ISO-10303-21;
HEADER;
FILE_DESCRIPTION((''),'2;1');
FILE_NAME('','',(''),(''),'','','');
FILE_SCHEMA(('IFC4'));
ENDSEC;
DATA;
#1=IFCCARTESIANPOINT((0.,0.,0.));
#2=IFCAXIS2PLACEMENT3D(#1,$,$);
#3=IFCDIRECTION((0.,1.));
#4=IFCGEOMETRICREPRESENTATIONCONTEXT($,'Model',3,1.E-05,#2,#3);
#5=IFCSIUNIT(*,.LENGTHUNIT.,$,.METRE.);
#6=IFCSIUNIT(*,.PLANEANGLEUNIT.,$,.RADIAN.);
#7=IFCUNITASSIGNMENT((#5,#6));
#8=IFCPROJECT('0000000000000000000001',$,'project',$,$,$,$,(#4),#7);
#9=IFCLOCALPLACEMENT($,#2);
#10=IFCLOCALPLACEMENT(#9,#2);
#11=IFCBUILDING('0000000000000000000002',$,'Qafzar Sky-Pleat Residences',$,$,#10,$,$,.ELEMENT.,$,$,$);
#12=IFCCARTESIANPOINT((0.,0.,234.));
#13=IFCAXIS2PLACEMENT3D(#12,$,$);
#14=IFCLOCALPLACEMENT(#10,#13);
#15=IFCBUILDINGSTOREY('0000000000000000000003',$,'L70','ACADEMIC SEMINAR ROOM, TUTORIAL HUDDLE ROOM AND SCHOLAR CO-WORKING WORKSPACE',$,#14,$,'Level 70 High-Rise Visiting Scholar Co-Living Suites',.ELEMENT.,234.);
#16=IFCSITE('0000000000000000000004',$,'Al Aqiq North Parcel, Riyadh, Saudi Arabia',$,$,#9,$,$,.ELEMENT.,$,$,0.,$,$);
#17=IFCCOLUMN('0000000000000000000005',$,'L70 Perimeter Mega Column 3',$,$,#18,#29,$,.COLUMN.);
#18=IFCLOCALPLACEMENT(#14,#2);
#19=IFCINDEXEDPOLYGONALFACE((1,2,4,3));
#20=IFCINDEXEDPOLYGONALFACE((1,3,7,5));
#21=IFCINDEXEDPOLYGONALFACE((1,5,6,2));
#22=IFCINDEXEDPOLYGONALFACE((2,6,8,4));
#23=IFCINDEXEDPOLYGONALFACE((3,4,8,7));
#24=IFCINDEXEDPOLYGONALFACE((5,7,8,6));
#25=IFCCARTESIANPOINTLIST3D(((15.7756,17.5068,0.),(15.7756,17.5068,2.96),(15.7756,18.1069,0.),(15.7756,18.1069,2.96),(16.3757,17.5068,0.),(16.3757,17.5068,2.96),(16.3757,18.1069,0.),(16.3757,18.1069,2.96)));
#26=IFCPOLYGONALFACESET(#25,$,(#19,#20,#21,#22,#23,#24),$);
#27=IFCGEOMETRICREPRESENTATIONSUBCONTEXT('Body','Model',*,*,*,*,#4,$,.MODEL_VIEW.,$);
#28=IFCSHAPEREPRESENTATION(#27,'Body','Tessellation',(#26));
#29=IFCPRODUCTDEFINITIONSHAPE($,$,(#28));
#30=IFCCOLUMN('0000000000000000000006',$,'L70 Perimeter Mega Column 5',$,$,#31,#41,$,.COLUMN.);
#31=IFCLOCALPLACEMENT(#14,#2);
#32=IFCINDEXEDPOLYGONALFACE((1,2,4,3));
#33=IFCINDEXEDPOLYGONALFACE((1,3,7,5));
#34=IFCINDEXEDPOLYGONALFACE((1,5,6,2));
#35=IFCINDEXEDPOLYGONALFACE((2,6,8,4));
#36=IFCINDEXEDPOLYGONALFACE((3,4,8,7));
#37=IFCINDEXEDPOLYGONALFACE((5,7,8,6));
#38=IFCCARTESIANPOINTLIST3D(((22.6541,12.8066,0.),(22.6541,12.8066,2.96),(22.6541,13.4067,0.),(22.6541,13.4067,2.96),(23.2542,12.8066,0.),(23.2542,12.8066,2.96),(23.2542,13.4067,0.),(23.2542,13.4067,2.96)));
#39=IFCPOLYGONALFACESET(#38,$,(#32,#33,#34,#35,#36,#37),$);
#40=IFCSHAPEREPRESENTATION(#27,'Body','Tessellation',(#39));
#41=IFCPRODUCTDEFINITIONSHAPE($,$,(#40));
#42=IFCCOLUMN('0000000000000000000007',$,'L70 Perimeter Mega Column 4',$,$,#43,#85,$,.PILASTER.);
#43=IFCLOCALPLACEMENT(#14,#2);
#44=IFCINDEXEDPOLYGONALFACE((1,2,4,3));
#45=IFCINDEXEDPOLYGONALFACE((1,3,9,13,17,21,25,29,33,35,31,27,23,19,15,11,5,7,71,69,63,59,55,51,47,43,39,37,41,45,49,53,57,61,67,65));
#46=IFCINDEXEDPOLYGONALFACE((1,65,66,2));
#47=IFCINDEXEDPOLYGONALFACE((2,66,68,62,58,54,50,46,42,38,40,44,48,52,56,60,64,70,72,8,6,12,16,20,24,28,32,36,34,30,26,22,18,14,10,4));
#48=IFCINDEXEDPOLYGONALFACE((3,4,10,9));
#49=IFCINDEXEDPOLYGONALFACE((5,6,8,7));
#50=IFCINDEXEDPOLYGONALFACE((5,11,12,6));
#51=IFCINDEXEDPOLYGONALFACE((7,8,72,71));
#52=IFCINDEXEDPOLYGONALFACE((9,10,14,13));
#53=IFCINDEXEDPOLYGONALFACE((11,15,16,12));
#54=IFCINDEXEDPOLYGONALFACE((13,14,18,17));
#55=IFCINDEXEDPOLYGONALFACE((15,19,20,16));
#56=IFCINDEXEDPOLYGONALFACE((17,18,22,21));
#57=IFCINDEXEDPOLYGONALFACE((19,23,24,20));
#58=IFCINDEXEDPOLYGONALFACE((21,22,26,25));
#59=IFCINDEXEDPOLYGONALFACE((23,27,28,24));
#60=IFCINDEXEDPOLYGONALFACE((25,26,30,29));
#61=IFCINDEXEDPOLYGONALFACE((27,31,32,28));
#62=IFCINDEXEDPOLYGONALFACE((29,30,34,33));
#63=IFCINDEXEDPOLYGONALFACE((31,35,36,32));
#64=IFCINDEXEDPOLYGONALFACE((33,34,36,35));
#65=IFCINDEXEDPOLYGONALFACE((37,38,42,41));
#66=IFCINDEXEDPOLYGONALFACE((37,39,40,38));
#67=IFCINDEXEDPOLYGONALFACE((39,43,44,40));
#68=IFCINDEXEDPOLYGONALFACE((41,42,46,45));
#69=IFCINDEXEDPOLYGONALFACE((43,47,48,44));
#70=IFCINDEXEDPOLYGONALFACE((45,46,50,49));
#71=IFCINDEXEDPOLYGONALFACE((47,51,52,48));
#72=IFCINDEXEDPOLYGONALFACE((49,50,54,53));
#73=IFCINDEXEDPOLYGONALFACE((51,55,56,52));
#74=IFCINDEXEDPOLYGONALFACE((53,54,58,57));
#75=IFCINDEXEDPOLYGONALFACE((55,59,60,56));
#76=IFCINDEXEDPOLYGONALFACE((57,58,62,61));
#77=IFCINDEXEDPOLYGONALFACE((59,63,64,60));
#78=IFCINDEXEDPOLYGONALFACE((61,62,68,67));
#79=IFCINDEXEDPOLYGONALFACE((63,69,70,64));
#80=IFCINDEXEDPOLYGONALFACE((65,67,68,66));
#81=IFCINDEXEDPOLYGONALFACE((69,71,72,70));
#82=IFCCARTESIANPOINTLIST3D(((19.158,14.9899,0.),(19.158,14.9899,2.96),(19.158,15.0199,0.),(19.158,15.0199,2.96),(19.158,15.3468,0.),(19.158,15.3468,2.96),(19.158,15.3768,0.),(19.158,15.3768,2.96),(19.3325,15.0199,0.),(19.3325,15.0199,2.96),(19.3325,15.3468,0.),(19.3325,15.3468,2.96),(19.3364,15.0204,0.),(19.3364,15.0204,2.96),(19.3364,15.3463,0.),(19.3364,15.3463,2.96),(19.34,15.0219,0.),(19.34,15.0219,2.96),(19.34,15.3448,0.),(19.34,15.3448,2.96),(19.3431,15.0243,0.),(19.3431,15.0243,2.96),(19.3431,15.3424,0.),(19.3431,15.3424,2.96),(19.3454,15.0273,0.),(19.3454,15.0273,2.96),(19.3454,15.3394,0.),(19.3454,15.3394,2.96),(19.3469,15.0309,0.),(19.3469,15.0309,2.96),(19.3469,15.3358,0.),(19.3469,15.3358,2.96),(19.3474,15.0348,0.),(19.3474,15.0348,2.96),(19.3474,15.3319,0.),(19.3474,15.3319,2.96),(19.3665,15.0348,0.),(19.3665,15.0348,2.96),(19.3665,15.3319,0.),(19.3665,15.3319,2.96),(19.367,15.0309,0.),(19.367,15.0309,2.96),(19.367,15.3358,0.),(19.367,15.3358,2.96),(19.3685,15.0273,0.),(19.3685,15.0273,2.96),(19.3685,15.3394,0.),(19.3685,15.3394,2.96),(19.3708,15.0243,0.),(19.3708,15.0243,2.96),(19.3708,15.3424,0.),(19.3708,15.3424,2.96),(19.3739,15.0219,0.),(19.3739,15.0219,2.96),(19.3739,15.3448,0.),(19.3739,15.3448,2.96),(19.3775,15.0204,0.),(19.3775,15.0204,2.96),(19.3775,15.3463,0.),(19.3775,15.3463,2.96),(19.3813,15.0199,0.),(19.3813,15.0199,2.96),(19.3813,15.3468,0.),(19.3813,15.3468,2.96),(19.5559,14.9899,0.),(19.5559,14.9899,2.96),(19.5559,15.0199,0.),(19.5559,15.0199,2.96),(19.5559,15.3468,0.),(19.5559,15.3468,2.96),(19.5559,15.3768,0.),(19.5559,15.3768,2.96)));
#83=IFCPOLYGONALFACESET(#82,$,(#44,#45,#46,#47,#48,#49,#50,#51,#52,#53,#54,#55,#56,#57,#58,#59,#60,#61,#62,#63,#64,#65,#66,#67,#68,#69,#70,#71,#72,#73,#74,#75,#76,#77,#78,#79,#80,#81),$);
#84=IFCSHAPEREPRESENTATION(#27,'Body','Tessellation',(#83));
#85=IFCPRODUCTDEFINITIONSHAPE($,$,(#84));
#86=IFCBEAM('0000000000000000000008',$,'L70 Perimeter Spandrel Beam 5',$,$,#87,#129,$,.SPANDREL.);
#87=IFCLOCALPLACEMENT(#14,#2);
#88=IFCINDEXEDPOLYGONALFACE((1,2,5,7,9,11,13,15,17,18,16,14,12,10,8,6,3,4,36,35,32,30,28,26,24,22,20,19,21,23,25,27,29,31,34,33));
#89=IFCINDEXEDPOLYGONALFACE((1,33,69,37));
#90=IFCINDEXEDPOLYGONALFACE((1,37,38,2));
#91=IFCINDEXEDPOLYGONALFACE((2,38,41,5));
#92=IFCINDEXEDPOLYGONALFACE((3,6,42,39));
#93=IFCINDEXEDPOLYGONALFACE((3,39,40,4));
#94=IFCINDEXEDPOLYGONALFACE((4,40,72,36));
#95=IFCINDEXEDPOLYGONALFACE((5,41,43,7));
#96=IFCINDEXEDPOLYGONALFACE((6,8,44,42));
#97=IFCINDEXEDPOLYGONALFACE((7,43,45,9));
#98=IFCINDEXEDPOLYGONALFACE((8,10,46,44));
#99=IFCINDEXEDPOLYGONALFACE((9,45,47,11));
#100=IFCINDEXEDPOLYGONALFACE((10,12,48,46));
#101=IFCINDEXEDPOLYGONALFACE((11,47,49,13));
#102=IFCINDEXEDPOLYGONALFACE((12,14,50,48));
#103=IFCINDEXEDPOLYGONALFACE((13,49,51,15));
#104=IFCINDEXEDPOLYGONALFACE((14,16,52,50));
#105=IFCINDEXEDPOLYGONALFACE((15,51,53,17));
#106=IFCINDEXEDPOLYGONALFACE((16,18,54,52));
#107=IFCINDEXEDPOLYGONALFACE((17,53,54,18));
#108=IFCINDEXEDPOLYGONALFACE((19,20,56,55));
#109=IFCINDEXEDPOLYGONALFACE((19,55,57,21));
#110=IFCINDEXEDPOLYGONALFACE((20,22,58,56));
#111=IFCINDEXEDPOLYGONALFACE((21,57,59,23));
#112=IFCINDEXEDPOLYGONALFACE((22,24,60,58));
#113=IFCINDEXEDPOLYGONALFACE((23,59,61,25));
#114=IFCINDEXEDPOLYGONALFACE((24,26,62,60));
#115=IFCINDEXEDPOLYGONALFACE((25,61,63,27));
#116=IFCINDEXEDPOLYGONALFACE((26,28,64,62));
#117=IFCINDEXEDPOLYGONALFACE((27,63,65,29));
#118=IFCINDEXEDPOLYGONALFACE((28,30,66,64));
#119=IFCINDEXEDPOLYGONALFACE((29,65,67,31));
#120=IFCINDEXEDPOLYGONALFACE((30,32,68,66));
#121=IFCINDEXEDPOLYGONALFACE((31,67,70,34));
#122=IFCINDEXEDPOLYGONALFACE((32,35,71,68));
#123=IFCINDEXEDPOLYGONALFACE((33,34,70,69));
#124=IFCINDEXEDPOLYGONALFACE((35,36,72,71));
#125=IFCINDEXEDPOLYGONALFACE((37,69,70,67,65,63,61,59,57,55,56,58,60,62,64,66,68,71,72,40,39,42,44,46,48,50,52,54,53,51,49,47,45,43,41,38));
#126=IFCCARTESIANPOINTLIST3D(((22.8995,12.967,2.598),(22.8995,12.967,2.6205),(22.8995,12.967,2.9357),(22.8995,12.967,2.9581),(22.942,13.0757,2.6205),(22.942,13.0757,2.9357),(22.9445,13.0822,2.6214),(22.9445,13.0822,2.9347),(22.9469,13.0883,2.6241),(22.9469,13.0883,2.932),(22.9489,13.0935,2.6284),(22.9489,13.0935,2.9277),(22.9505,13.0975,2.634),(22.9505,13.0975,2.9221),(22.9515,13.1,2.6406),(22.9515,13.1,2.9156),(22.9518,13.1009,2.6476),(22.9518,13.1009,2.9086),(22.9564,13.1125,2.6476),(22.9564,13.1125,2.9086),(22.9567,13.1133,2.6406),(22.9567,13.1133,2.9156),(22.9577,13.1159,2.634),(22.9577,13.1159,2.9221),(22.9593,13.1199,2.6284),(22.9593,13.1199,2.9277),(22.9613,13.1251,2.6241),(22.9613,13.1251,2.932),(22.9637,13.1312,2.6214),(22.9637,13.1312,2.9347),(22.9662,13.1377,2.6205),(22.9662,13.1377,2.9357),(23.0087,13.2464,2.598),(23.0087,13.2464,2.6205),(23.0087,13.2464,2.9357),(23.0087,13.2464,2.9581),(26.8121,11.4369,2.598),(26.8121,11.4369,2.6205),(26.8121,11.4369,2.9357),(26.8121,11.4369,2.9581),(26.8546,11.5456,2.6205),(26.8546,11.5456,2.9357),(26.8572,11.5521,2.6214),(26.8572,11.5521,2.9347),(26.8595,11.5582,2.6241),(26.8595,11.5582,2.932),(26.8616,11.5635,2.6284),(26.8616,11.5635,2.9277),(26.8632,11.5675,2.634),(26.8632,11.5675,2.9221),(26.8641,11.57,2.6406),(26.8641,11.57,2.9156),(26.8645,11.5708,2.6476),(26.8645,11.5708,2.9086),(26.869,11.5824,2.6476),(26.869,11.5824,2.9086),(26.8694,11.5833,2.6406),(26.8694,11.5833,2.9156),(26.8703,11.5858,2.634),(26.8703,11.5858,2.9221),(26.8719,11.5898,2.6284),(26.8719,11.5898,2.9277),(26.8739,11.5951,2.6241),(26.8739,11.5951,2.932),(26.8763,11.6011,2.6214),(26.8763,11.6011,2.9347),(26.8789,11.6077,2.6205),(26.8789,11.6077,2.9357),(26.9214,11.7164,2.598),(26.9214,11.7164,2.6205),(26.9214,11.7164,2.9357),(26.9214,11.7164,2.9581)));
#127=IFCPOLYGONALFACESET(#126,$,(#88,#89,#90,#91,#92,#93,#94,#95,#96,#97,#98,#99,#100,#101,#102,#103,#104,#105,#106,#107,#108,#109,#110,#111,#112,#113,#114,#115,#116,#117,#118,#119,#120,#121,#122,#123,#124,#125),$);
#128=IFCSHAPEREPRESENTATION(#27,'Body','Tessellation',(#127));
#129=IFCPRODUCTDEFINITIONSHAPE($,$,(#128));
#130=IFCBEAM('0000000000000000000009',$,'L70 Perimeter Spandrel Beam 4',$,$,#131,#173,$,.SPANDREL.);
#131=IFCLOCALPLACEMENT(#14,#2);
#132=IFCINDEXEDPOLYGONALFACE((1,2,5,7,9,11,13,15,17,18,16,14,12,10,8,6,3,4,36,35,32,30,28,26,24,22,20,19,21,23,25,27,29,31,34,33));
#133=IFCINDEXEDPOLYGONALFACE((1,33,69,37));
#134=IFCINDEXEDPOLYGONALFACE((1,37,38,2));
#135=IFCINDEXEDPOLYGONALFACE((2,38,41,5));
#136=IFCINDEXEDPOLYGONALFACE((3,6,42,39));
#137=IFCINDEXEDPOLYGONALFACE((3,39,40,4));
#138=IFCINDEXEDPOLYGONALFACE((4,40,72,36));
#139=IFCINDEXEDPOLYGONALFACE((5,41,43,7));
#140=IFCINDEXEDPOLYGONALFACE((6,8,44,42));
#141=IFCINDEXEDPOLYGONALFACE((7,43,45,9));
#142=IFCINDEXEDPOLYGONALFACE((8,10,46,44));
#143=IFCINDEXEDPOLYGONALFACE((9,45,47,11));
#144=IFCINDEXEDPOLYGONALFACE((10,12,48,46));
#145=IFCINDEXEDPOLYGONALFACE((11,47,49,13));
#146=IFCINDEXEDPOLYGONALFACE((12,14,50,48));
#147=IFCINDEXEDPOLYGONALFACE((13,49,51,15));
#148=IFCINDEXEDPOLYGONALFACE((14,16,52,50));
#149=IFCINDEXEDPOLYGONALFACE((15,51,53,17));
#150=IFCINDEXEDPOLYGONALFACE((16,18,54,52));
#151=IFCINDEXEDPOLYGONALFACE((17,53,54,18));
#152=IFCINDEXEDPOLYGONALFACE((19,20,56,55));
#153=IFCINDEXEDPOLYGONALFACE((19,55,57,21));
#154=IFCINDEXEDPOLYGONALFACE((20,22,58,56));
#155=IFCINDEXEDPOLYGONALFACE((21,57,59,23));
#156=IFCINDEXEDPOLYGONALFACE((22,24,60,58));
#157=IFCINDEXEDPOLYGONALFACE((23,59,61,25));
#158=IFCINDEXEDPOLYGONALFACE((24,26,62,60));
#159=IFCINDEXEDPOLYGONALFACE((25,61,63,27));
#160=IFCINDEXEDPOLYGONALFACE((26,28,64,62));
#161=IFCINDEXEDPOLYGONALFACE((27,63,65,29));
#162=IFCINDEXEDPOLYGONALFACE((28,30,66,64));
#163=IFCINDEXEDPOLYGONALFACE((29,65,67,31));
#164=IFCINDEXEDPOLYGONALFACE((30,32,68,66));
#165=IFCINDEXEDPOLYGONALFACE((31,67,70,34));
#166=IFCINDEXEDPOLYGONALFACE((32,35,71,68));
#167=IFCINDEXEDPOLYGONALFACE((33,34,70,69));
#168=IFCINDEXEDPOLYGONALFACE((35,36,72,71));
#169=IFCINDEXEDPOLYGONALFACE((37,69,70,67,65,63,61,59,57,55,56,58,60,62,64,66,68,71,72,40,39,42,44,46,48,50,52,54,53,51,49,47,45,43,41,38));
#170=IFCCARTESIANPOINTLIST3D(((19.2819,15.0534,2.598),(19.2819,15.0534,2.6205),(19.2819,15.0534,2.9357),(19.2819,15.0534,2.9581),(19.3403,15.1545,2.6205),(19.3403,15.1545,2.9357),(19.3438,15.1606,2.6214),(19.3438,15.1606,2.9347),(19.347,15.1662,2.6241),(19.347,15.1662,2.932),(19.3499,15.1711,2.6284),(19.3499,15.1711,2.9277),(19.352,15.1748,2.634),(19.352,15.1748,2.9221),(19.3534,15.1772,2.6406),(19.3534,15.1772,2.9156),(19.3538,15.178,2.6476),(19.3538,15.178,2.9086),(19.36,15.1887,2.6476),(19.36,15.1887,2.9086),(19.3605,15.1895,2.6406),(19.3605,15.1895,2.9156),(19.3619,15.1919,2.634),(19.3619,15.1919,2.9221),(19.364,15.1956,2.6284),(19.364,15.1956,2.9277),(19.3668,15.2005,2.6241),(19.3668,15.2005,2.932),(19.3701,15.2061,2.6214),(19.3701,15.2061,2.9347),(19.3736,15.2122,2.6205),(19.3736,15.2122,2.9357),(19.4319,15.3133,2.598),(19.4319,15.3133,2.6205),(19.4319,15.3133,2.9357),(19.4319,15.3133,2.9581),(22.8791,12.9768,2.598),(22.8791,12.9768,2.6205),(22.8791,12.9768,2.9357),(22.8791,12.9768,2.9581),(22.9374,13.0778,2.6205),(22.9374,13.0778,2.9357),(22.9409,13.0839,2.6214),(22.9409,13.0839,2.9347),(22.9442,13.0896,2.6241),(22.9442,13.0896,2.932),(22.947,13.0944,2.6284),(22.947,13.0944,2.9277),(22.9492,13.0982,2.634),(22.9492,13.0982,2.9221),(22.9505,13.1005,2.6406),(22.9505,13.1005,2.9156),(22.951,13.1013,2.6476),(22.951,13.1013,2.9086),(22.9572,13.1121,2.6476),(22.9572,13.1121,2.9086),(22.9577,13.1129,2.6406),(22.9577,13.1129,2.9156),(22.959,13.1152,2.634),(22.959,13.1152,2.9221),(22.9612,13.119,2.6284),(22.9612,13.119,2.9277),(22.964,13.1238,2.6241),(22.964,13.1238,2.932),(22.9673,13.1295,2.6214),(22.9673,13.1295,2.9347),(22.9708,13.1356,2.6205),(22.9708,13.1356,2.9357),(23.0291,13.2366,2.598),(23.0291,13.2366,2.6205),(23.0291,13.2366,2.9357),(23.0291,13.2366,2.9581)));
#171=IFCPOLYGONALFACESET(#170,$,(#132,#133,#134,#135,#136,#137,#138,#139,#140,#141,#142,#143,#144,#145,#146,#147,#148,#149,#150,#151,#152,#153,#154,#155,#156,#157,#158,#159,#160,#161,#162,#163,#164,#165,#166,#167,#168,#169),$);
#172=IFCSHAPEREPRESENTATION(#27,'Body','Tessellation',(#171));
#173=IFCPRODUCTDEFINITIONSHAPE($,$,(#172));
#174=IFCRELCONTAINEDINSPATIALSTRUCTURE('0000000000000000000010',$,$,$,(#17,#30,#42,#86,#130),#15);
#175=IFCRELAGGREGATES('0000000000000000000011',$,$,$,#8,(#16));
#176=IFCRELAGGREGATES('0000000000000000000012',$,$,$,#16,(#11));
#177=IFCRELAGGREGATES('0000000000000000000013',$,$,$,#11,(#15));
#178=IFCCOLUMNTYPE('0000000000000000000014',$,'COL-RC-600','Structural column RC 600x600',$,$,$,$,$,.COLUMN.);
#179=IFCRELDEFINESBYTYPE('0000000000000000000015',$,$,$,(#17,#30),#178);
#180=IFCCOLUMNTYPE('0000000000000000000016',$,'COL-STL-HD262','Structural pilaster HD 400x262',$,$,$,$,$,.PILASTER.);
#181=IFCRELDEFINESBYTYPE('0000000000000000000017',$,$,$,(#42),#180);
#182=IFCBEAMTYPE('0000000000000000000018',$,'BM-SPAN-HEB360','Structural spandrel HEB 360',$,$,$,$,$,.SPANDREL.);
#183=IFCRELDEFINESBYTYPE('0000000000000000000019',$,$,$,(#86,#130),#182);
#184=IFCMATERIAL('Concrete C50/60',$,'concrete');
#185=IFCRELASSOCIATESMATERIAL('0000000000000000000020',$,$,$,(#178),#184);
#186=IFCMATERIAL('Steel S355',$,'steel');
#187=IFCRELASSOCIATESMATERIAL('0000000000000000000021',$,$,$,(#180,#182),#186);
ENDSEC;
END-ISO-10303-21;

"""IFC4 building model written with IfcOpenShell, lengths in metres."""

from ifc_helpers import new_model, si_unit, direction, frame, origin, origin_2d, place, context, subcontext, project, spatial, rectangle, i_section, extrude, source, transform, mapped, material, material_profile, profile_set, type_object, element, save


model = new_model("IFC4")

# Units and contexts
model_context = context("Model", 3, precision=1e-05, world=origin(), true_north=direction((0.0, 1.0)))
body_context = subcontext(model_context, "Body", "Model", "MODEL_VIEW")
ifc_project = project(units=[si_unit("LENGTHUNIT", "METRE"), si_unit("PLANEANGLEUNIT", "RADIAN")], contexts=[model_context])

# Site, building, storey
site_placement = place(None, origin())
site = spatial("IfcSite", under=ifc_project, at=site_placement, Name="Al Aqiq North Parcel, Riyadh, Saudi Arabia", CompositionType="ELEMENT", RefElevation=0.0)
building_placement = place(site_placement, origin())
building = spatial("IfcBuilding", under=site, at=building_placement, Name="Qafzar Sky-Pleat Residences", CompositionType="ELEMENT")
storey_placement = place(building_placement, frame((0.0, 0.0, 234.0)))
storey = spatial("IfcBuildingStorey", under=building, at=storey_placement, Name="L70", Description="ACADEMIC SEMINAR ROOM, TUTORIAL HUDDLE ROOM AND SCHOLAR CO-WORKING WORKSPACE", LongName="Level 70 High-Rise Visiting Scholar Co-Living Suites", CompositionType="ELEMENT", Elevation=234.0)

# Columns
ifc_material_1 = material(Name="Concrete C50/60", Category="concrete")
ifc_material_profile_1 = material_profile(ifc_material_1, rectangle(XDim=0.6001, YDim=0.6001, at=origin_2d()), Name="RC 600x600")
ifc_profile_set_1 = profile_set([ifc_material_profile_1], Name="Concrete C50/60")
column_type_1 = type_object("IfcColumnType", Name="COL-RC-600", Description="Structural column RC 600x600", PredefinedType="COLUMN", material=ifc_profile_set_1)
shared_shape_1 = source(origin(), body_context, "Body", "SweptSolid", [
    extrude(rectangle(XDim=0.6001, YDim=0.6001, at=origin_2d()), origin(), (0.0, 0.0, 1.0), 2.96),
])
for number, where, z_axis, x_axis, name in (
    (1, (16.0757, 17.8069, 0.0), (0.0, 0.0, 1.0), (1.0, 0.0, 0.0), "L70 Perimeter Mega Column 3"),
    (2, (22.9541, 13.1067, 0.0), (0.0, 0.0, 1.0), (1.0, 0.0, 0.0), "L70 Perimeter Mega Column 5"),
):
    element("IfcColumn", number, at=place(storey_placement, frame(where, z_axis=z_axis, x_axis=x_axis)), inside=storey, type_object=column_type_1, Name=name, PredefinedType="COLUMN", context=body_context, shape_type="MappedRepresentation", body=[
        mapped(shared_shape_1, transform((0.0, 0.0, 0.0), x_axis=(1.0, 0.0, 0.0), y_axis=(0.0, 1.0, 0.0), z_axis=(0.0, 0.0, 1.0), scale=1.0)),
    ])
ifc_material_2 = material(Name="Steel S355", Category="steel")
ifc_material_profile_2 = material_profile(ifc_material_2, i_section(OverallWidth=0.3979, OverallDepth=0.387, WebThickness=0.019, FlangeThickness=0.03, FilletRadius=0.0149, at=origin_2d()), Name="HD 400x262")
ifc_profile_set_2 = profile_set([ifc_material_profile_2], Name="Steel S355")
column_type_2 = type_object("IfcColumnType", Name="COL-STL-HD262", Description="Structural pilaster HD 400x262", PredefinedType="PILASTER", material=ifc_profile_set_2)
shared_shape_2 = source(origin(), body_context, "Body", "SweptSolid", [
    extrude(i_section(OverallWidth=0.3979, OverallDepth=0.387, WebThickness=0.019, FlangeThickness=0.03, FilletRadius=0.0149, at=origin_2d()), origin(), (0.0, 0.0, 1.0), 2.96),
])
column_placement = place(storey_placement, frame((19.3569, 15.1833, 0.0), z_axis=(0.0, 0.0, 1.0), x_axis=(1.0, 0.0, 0.0)))
element("IfcColumn", 3, at=column_placement, inside=storey, type_object=column_type_2, Name="L70 Perimeter Mega Column 4", PredefinedType="PILASTER", context=body_context, shape_type="MappedRepresentation", body=[
    mapped(shared_shape_2, transform((0.0, 0.0, 0.0), x_axis=(1.0, 0.0, 0.0), y_axis=(0.0, 1.0, 0.0), z_axis=(0.0, 0.0, 1.0), scale=1.0)),
])

# Beams
ifc_material_profile_3 = material_profile(ifc_material_2, i_section(OverallWidth=0.3, OverallDepth=0.3601, WebThickness=0.0125, FlangeThickness=0.0225, FilletRadius=0.0271, at=origin_2d()), Name="HEB 360")
ifc_profile_set_3 = profile_set([ifc_material_profile_3], Name="Steel S355")
beam_type_1 = type_object("IfcBeamType", Name="BM-SPAN-HEB360", Description="Structural spandrel HEB 360", PredefinedType="SPANDREL", material=ifc_profile_set_3)
shared_shape_3 = source(origin(), body_context, "Body", "SweptSolid", [
    extrude(i_section(OverallWidth=0.3, OverallDepth=0.3601, WebThickness=0.0125, FlangeThickness=0.0225, FilletRadius=0.0271, at=origin_2d()), origin(), (0.0, 0.0, 1.0), 4.2012),
])
beam_1_placement = place(storey_placement, frame((22.9541, 13.1067, 2.7781), z_axis=(0.931322, -0.364196, 0.0), x_axis=(0.364196, 0.931322, 0.0)))
element("IfcBeam", 4, at=beam_1_placement, inside=storey, type_object=beam_type_1, Name="L70 Perimeter Spandrel Beam 5", PredefinedType="SPANDREL", context=body_context, shape_type="MappedRepresentation", body=[
    mapped(shared_shape_3, transform((0.0, 0.0, 0.0), x_axis=(1.0, 0.0, 0.0), y_axis=(0.0, 1.0, 0.0), z_axis=(0.0, 0.0, 1.0), scale=1.0)),
])
shared_shape_4 = source(origin(), body_context, "Body", "SweptSolid", [
    extrude(i_section(OverallWidth=0.3, OverallDepth=0.3601, WebThickness=0.0125, FlangeThickness=0.0225, FilletRadius=0.0271, at=origin_2d()), origin(), (0.0, 0.0, 1.0), 4.1536),
])
beam_2_placement = place(storey_placement, frame((19.3569, 15.1833, 2.7781), z_axis=(0.866043, -0.49997, 0.0), x_axis=(0.49997, 0.866043, 0.0)))
element("IfcBeam", 5, at=beam_2_placement, inside=storey, type_object=beam_type_1, Name="L70 Perimeter Spandrel Beam 4", PredefinedType="SPANDREL", context=body_context, shape_type="MappedRepresentation", body=[
    mapped(shared_shape_4, transform((0.0, 0.0, 0.0), x_axis=(1.0, 0.0, 0.0), y_axis=(0.0, 1.0, 0.0), z_axis=(0.0, 0.0, 1.0), scale=1.0)),
])

save(model, "model.ifc")
